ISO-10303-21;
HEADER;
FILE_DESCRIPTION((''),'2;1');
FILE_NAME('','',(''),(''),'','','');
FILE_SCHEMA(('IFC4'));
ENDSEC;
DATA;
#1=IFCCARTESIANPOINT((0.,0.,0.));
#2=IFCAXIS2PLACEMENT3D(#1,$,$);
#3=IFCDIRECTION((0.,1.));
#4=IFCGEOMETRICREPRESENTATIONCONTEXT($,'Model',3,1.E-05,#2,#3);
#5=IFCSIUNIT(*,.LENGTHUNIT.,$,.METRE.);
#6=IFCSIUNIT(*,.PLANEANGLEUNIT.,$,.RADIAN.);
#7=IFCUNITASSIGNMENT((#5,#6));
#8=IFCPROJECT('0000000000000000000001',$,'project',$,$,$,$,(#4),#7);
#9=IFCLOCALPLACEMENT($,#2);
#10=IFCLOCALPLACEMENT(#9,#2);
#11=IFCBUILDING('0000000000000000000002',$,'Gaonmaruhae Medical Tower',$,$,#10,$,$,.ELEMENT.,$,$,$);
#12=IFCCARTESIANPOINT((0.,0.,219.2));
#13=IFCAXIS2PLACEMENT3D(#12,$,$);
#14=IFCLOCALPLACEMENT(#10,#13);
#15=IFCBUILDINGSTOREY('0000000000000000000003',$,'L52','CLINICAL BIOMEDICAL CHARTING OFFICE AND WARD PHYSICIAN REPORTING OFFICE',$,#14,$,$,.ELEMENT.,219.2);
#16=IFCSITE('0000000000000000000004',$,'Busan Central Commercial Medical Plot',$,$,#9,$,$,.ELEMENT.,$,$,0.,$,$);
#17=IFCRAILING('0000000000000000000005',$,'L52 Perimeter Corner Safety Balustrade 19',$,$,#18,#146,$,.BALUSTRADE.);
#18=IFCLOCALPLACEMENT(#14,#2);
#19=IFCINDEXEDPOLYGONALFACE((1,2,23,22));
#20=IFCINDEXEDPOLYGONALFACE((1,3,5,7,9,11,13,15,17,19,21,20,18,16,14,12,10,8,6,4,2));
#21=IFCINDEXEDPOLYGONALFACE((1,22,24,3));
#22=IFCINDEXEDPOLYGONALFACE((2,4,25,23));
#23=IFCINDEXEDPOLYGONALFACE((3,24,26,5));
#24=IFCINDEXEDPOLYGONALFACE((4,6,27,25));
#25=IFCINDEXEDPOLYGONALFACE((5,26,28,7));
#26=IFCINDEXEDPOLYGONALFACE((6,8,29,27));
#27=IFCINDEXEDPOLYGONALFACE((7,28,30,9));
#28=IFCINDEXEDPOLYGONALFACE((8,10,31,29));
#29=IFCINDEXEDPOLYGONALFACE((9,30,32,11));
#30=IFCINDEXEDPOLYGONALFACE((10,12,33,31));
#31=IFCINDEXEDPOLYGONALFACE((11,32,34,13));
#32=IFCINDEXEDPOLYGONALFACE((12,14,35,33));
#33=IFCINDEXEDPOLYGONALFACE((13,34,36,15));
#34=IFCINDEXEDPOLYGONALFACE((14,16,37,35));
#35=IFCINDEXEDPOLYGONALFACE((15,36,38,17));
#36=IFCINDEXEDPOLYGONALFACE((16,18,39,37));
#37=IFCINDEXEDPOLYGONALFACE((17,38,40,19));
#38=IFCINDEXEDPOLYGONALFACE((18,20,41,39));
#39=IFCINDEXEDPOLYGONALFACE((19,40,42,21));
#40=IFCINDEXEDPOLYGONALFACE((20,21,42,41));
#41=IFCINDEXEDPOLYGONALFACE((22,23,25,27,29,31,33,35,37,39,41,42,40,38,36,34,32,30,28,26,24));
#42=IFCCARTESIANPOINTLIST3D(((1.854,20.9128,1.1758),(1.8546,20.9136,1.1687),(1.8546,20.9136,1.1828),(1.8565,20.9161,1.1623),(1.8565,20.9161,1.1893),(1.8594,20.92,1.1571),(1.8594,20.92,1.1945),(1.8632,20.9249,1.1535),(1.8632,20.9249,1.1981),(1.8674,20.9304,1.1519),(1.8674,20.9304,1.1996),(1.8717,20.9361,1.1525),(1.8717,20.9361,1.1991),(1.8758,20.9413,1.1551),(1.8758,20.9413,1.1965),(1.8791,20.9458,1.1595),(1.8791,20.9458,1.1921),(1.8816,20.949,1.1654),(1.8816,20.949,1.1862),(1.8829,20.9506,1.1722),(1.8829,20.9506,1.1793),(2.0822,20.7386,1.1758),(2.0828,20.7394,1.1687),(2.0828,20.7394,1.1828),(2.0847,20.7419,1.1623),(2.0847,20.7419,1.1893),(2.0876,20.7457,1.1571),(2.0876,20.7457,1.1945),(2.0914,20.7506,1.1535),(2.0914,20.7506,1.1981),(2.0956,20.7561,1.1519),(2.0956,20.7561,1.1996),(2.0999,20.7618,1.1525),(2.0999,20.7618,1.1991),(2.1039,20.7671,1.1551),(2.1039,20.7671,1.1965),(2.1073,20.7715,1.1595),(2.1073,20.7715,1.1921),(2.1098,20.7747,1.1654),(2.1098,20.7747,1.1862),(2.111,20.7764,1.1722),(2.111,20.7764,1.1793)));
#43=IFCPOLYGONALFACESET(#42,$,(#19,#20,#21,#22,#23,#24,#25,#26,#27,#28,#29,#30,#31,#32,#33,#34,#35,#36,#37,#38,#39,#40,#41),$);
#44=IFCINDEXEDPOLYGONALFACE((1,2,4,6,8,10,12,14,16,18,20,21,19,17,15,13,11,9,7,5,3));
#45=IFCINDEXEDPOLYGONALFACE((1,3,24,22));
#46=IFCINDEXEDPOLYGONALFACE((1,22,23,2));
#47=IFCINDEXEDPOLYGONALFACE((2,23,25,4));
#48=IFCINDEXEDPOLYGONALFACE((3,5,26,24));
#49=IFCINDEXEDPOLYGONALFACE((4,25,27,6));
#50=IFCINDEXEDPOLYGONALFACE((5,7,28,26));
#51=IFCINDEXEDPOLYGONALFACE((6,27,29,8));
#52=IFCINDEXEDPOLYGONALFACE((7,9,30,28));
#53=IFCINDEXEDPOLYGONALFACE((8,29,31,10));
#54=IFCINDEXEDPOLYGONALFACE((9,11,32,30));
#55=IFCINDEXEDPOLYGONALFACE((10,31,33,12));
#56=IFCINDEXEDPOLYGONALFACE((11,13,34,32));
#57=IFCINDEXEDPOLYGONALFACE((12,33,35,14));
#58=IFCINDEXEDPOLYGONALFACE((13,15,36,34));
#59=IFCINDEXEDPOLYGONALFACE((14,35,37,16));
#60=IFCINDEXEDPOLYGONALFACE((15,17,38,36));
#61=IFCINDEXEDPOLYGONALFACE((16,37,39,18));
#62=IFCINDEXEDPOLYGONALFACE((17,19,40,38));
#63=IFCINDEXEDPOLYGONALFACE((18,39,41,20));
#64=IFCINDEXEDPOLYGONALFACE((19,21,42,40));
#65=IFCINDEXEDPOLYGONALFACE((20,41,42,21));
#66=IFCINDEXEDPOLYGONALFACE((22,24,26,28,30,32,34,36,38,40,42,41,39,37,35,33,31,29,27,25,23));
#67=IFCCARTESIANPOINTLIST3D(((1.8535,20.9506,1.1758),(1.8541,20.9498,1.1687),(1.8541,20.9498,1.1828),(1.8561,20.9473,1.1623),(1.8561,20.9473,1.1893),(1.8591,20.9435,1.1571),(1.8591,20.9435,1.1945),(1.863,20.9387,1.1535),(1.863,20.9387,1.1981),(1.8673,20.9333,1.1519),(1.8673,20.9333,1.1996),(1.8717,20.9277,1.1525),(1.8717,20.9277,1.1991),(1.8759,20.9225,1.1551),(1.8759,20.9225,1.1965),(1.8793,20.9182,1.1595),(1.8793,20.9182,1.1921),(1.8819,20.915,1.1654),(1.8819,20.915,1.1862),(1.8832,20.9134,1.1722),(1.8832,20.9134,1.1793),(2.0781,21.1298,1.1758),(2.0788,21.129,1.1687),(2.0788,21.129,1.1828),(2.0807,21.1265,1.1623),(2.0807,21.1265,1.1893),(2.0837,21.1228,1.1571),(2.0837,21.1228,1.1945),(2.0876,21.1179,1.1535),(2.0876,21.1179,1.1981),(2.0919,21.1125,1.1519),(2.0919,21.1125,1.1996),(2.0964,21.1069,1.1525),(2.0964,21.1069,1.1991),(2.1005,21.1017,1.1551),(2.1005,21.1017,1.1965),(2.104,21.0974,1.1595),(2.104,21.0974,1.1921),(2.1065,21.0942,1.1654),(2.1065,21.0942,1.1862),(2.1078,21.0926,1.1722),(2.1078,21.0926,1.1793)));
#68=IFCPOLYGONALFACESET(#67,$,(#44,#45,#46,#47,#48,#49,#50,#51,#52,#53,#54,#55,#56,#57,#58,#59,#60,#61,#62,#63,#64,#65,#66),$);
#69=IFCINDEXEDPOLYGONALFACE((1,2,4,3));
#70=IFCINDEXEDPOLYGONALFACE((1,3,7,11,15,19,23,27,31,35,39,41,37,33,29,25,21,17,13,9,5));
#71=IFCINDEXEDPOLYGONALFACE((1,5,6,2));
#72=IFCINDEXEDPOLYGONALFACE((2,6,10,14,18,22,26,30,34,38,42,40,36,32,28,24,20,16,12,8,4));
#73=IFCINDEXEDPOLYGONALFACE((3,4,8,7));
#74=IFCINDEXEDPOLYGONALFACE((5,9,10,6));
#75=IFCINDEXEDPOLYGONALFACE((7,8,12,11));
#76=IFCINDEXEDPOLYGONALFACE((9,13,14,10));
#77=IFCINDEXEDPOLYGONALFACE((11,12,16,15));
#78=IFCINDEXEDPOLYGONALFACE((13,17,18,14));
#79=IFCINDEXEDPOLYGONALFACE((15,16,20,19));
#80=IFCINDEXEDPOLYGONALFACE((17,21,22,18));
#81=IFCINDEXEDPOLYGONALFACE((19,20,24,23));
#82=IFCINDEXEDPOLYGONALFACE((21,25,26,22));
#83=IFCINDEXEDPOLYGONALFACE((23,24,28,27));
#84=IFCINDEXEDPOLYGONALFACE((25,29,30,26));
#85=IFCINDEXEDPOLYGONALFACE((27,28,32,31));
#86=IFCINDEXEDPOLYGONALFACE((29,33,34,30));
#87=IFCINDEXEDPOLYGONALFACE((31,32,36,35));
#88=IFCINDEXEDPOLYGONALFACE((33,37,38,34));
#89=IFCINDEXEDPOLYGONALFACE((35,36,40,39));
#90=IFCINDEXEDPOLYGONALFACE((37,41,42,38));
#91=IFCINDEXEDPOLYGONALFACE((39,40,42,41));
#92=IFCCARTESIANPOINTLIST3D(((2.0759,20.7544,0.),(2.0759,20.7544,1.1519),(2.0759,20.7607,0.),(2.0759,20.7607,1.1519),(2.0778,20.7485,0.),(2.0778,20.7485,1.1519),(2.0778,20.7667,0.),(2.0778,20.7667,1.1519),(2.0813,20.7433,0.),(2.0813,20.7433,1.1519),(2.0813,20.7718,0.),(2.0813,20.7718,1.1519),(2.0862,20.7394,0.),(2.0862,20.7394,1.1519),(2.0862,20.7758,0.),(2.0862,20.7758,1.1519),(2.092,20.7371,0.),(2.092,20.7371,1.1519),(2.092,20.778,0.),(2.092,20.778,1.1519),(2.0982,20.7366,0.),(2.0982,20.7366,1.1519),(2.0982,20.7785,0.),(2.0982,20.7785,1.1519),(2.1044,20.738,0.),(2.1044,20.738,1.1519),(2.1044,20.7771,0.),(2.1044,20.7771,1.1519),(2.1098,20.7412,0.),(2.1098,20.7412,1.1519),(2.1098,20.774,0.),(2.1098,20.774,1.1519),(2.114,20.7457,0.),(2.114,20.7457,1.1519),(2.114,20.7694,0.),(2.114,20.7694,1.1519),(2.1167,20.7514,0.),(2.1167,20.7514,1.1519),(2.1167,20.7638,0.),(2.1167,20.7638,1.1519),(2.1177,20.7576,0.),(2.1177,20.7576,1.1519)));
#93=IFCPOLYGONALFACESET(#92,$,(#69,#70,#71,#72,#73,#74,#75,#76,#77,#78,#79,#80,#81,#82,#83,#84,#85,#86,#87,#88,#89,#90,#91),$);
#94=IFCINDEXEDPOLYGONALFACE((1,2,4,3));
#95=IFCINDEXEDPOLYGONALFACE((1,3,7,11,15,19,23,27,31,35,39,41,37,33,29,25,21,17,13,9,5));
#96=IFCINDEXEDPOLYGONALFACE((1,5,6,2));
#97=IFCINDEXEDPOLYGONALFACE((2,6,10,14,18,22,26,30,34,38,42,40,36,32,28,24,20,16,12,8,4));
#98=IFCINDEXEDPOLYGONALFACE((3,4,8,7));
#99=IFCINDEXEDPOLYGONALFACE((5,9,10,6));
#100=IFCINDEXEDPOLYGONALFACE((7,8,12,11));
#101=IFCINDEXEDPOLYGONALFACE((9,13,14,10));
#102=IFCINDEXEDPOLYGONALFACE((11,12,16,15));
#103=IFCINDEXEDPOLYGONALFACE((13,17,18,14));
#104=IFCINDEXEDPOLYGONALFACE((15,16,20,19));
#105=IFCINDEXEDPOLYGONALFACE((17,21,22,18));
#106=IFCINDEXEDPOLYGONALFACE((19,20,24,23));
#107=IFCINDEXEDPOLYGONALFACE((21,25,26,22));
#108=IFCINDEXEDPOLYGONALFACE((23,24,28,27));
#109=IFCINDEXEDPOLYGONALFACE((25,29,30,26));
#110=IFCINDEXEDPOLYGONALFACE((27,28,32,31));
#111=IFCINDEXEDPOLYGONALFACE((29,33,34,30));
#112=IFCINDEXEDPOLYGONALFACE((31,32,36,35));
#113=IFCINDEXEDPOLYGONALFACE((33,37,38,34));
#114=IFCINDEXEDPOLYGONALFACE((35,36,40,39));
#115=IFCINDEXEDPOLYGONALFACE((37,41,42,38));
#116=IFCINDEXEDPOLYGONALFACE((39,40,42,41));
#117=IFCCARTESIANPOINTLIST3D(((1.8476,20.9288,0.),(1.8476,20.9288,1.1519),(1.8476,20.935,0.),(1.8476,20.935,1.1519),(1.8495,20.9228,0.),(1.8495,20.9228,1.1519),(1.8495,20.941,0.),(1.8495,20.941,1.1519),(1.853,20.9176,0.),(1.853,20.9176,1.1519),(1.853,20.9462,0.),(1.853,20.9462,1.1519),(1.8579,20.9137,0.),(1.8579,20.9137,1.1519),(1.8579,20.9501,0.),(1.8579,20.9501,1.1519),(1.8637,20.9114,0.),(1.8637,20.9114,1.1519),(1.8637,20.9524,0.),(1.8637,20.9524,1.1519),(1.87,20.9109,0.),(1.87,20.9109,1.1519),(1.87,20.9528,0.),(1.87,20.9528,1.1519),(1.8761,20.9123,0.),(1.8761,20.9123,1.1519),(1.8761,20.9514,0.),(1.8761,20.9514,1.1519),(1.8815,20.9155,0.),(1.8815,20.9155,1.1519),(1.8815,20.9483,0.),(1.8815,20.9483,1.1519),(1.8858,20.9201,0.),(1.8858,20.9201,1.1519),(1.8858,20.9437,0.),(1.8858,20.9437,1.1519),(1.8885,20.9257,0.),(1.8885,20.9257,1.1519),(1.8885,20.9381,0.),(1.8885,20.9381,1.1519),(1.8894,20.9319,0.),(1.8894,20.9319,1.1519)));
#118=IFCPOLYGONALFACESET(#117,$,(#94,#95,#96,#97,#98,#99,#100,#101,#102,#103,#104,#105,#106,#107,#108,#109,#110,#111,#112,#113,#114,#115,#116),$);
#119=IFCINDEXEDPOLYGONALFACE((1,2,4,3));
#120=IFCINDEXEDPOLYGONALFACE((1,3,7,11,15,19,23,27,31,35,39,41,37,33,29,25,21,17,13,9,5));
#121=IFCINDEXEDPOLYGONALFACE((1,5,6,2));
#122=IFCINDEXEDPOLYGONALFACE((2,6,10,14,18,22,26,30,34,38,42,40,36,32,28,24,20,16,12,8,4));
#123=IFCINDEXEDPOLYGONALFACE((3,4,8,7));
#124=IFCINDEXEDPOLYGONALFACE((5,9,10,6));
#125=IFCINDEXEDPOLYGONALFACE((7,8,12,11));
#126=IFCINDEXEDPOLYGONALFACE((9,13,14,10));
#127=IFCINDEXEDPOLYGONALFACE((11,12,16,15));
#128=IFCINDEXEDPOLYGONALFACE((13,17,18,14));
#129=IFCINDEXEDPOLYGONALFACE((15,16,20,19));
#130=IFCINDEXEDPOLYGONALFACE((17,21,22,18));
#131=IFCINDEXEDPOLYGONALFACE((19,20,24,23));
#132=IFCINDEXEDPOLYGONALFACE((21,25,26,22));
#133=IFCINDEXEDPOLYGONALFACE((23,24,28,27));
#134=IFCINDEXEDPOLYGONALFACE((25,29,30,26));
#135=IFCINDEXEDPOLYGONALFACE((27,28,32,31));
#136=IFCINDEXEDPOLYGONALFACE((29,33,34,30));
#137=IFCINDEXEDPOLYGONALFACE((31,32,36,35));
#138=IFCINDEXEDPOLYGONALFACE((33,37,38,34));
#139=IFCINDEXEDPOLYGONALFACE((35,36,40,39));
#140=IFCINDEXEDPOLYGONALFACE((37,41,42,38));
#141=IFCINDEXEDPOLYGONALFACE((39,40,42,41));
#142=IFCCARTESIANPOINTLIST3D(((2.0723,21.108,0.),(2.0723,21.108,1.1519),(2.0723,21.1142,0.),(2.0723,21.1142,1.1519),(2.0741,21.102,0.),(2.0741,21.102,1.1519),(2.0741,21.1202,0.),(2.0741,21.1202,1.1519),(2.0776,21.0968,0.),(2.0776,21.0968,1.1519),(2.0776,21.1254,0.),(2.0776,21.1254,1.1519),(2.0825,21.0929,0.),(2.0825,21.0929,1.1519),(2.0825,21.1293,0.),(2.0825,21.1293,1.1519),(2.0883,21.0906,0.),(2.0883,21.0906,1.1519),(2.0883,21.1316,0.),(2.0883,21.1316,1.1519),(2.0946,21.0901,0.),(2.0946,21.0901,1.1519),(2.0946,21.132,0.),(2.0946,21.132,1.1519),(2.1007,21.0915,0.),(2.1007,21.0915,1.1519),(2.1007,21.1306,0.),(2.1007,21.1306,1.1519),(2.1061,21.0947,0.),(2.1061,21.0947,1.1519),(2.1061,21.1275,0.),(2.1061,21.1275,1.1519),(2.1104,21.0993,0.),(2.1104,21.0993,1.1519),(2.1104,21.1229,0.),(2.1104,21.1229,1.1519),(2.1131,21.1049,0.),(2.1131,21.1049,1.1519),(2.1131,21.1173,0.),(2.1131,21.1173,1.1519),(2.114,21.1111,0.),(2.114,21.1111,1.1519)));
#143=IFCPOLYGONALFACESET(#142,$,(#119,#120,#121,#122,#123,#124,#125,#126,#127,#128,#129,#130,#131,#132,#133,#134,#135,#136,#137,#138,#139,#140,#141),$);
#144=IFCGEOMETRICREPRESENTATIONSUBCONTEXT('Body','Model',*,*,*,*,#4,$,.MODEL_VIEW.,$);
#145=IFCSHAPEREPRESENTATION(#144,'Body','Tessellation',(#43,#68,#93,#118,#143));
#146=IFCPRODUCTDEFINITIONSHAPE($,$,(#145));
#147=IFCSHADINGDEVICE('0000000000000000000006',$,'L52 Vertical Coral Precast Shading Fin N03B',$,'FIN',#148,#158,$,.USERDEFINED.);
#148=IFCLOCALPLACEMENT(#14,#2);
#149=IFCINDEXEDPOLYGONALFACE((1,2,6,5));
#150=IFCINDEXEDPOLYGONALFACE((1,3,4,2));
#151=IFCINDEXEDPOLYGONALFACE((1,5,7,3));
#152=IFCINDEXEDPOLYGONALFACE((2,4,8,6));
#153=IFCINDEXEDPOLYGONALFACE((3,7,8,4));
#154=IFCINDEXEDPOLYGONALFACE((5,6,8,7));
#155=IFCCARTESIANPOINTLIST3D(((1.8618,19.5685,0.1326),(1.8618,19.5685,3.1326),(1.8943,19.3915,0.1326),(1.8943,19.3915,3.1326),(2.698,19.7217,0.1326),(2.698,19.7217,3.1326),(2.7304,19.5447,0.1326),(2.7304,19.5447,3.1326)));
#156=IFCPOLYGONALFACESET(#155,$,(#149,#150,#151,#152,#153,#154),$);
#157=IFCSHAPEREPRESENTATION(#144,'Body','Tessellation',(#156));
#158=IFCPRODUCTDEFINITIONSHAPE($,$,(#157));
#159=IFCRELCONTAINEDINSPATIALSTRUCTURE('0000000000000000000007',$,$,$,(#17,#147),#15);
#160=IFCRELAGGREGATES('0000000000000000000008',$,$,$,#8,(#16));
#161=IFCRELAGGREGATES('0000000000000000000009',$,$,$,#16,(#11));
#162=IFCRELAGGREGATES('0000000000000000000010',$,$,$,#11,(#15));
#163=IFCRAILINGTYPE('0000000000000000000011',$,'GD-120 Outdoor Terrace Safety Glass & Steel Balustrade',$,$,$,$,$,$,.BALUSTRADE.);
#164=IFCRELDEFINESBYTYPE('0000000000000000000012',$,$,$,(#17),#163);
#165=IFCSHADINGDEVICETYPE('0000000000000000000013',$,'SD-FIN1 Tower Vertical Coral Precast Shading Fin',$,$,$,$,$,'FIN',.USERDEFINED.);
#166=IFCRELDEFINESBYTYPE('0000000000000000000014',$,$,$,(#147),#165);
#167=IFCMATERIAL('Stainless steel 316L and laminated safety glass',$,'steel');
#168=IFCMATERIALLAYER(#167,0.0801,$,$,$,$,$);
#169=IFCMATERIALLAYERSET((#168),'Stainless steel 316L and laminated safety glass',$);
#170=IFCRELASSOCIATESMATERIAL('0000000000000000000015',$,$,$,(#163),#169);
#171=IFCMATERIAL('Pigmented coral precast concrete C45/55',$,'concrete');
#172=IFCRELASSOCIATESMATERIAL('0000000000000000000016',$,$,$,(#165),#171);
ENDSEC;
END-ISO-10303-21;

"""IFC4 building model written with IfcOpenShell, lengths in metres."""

from ifc_helpers import new_model, si_unit, direction, frame, origin, origin_2d, place, context, subcontext, project, spatial, rectangle, circle, extrude, material, layer, layer_set, type_object, element, save


model = new_model("IFC4")

# Units and contexts
model_context = context("Model", 3, precision=1e-05, world=origin(), true_north=direction((0.0, 1.0)))
body_context = subcontext(model_context, "Body", "Model", "MODEL_VIEW")
ifc_project = project(units=[si_unit("LENGTHUNIT", "METRE"), si_unit("PLANEANGLEUNIT", "RADIAN")], contexts=[model_context])

# Site, building, storey
site_placement = place(None, origin())
site = spatial("IfcSite", under=ifc_project, at=site_placement, Name="Busan Central Commercial Medical Plot", CompositionType="ELEMENT", RefElevation=0.0)
building_placement = place(site_placement, origin())
building = spatial("IfcBuilding", under=site, at=building_placement, Name="Gaonmaruhae Medical Tower", CompositionType="ELEMENT")
storey_placement = place(building_placement, frame((0.0, 0.0, 219.2)))
storey = spatial("IfcBuildingStorey", under=building, at=storey_placement, Name="L52", Description="CLINICAL BIOMEDICAL CHARTING OFFICE AND WARD PHYSICIAN REPORTING OFFICE", CompositionType="ELEMENT", Elevation=219.2)

# Railing
ifc_material_1 = material(Name="Stainless steel 316L and laminated safety glass", Category="steel")
ifc_layer_1 = layer(ifc_material_1, 0.0801)
ifc_layer_set_1 = layer_set([ifc_layer_1], Name="Stainless steel 316L and laminated safety glass")
railing_type = type_object("IfcRailingType", Name="GD-120 Outdoor Terrace Safety Glass & Steel Balustrade", PredefinedType="BALUSTRADE", material=ifc_layer_set_1)
railing_1_placement = place(storey_placement, frame((2.0967, 20.7576, 0.0)))
element("IfcRailing", 1, at=railing_1_placement, inside=storey, type_object=railing_type, Name="L52 Perimeter Corner Safety Balustrade 19", PredefinedType="BALUSTRADE", context=body_context, shape_type="SweptSolid", body=[
    extrude(circle(Radius=0.0239, at=origin_2d()), frame((0.0, 0.0, 1.1758), z_axis=(-0.794768, 0.606914, 0.0), x_axis=(-0.606914, -0.794768, 0.0)), (0.0, 0.0, 1.0), 0.2871),
    extrude(circle(Radius=0.0239, at=origin_2d()), frame((-0.2283, 0.1743, 1.1758), z_axis=(0.781697, 0.623658, 0.0), x_axis=(-0.623658, 0.781697, 0.0)), (0.0, 0.0, 1.0), 0.2874),
    extrude(circle(Radius=0.021, at=origin_2d()), origin(), (0.0, 0.0, 1.0), 1.1519),
    extrude(circle(Radius=0.021, at=origin_2d()), frame((-0.2283, 0.1743, 0.0)), (0.0, 0.0, 1.0), 1.1519),
    extrude(circle(Radius=0.021, at=origin_2d()), frame((-0.0037, 0.3535, 0.0)), (0.0, 0.0, 1.0), 1.1519),
])

# Shading device
ifc_material_2 = material(Name="Pigmented coral precast concrete C45/55", Category="concrete")
shading_device_type = type_object("IfcShadingDeviceType", Name="SD-FIN1 Tower Vertical Coral Precast Shading Fin", ElementType="FIN", PredefinedType="USERDEFINED", material=ifc_material_2)
shading_device_placement = place(storey_placement, frame((2.2961, 19.5566, 0.1326), z_axis=(0.0, 0.0, 1.0), x_axis=(-0.18021, 0.983628, 0.0)))
element("IfcShadingDevice", 2, at=shading_device_placement, inside=storey, type_object=shading_device_type, Name="L52 Vertical Coral Precast Shading Fin N03B", ObjectType="FIN", PredefinedType="USERDEFINED", context=body_context, shape_type="SweptSolid", body=[
    extrude(rectangle(XDim=0.1799, YDim=0.8501, at=origin_2d()), origin(), (0.0, 0.0, 1.0), 3.0),
])

save(model, "model.ifc")
